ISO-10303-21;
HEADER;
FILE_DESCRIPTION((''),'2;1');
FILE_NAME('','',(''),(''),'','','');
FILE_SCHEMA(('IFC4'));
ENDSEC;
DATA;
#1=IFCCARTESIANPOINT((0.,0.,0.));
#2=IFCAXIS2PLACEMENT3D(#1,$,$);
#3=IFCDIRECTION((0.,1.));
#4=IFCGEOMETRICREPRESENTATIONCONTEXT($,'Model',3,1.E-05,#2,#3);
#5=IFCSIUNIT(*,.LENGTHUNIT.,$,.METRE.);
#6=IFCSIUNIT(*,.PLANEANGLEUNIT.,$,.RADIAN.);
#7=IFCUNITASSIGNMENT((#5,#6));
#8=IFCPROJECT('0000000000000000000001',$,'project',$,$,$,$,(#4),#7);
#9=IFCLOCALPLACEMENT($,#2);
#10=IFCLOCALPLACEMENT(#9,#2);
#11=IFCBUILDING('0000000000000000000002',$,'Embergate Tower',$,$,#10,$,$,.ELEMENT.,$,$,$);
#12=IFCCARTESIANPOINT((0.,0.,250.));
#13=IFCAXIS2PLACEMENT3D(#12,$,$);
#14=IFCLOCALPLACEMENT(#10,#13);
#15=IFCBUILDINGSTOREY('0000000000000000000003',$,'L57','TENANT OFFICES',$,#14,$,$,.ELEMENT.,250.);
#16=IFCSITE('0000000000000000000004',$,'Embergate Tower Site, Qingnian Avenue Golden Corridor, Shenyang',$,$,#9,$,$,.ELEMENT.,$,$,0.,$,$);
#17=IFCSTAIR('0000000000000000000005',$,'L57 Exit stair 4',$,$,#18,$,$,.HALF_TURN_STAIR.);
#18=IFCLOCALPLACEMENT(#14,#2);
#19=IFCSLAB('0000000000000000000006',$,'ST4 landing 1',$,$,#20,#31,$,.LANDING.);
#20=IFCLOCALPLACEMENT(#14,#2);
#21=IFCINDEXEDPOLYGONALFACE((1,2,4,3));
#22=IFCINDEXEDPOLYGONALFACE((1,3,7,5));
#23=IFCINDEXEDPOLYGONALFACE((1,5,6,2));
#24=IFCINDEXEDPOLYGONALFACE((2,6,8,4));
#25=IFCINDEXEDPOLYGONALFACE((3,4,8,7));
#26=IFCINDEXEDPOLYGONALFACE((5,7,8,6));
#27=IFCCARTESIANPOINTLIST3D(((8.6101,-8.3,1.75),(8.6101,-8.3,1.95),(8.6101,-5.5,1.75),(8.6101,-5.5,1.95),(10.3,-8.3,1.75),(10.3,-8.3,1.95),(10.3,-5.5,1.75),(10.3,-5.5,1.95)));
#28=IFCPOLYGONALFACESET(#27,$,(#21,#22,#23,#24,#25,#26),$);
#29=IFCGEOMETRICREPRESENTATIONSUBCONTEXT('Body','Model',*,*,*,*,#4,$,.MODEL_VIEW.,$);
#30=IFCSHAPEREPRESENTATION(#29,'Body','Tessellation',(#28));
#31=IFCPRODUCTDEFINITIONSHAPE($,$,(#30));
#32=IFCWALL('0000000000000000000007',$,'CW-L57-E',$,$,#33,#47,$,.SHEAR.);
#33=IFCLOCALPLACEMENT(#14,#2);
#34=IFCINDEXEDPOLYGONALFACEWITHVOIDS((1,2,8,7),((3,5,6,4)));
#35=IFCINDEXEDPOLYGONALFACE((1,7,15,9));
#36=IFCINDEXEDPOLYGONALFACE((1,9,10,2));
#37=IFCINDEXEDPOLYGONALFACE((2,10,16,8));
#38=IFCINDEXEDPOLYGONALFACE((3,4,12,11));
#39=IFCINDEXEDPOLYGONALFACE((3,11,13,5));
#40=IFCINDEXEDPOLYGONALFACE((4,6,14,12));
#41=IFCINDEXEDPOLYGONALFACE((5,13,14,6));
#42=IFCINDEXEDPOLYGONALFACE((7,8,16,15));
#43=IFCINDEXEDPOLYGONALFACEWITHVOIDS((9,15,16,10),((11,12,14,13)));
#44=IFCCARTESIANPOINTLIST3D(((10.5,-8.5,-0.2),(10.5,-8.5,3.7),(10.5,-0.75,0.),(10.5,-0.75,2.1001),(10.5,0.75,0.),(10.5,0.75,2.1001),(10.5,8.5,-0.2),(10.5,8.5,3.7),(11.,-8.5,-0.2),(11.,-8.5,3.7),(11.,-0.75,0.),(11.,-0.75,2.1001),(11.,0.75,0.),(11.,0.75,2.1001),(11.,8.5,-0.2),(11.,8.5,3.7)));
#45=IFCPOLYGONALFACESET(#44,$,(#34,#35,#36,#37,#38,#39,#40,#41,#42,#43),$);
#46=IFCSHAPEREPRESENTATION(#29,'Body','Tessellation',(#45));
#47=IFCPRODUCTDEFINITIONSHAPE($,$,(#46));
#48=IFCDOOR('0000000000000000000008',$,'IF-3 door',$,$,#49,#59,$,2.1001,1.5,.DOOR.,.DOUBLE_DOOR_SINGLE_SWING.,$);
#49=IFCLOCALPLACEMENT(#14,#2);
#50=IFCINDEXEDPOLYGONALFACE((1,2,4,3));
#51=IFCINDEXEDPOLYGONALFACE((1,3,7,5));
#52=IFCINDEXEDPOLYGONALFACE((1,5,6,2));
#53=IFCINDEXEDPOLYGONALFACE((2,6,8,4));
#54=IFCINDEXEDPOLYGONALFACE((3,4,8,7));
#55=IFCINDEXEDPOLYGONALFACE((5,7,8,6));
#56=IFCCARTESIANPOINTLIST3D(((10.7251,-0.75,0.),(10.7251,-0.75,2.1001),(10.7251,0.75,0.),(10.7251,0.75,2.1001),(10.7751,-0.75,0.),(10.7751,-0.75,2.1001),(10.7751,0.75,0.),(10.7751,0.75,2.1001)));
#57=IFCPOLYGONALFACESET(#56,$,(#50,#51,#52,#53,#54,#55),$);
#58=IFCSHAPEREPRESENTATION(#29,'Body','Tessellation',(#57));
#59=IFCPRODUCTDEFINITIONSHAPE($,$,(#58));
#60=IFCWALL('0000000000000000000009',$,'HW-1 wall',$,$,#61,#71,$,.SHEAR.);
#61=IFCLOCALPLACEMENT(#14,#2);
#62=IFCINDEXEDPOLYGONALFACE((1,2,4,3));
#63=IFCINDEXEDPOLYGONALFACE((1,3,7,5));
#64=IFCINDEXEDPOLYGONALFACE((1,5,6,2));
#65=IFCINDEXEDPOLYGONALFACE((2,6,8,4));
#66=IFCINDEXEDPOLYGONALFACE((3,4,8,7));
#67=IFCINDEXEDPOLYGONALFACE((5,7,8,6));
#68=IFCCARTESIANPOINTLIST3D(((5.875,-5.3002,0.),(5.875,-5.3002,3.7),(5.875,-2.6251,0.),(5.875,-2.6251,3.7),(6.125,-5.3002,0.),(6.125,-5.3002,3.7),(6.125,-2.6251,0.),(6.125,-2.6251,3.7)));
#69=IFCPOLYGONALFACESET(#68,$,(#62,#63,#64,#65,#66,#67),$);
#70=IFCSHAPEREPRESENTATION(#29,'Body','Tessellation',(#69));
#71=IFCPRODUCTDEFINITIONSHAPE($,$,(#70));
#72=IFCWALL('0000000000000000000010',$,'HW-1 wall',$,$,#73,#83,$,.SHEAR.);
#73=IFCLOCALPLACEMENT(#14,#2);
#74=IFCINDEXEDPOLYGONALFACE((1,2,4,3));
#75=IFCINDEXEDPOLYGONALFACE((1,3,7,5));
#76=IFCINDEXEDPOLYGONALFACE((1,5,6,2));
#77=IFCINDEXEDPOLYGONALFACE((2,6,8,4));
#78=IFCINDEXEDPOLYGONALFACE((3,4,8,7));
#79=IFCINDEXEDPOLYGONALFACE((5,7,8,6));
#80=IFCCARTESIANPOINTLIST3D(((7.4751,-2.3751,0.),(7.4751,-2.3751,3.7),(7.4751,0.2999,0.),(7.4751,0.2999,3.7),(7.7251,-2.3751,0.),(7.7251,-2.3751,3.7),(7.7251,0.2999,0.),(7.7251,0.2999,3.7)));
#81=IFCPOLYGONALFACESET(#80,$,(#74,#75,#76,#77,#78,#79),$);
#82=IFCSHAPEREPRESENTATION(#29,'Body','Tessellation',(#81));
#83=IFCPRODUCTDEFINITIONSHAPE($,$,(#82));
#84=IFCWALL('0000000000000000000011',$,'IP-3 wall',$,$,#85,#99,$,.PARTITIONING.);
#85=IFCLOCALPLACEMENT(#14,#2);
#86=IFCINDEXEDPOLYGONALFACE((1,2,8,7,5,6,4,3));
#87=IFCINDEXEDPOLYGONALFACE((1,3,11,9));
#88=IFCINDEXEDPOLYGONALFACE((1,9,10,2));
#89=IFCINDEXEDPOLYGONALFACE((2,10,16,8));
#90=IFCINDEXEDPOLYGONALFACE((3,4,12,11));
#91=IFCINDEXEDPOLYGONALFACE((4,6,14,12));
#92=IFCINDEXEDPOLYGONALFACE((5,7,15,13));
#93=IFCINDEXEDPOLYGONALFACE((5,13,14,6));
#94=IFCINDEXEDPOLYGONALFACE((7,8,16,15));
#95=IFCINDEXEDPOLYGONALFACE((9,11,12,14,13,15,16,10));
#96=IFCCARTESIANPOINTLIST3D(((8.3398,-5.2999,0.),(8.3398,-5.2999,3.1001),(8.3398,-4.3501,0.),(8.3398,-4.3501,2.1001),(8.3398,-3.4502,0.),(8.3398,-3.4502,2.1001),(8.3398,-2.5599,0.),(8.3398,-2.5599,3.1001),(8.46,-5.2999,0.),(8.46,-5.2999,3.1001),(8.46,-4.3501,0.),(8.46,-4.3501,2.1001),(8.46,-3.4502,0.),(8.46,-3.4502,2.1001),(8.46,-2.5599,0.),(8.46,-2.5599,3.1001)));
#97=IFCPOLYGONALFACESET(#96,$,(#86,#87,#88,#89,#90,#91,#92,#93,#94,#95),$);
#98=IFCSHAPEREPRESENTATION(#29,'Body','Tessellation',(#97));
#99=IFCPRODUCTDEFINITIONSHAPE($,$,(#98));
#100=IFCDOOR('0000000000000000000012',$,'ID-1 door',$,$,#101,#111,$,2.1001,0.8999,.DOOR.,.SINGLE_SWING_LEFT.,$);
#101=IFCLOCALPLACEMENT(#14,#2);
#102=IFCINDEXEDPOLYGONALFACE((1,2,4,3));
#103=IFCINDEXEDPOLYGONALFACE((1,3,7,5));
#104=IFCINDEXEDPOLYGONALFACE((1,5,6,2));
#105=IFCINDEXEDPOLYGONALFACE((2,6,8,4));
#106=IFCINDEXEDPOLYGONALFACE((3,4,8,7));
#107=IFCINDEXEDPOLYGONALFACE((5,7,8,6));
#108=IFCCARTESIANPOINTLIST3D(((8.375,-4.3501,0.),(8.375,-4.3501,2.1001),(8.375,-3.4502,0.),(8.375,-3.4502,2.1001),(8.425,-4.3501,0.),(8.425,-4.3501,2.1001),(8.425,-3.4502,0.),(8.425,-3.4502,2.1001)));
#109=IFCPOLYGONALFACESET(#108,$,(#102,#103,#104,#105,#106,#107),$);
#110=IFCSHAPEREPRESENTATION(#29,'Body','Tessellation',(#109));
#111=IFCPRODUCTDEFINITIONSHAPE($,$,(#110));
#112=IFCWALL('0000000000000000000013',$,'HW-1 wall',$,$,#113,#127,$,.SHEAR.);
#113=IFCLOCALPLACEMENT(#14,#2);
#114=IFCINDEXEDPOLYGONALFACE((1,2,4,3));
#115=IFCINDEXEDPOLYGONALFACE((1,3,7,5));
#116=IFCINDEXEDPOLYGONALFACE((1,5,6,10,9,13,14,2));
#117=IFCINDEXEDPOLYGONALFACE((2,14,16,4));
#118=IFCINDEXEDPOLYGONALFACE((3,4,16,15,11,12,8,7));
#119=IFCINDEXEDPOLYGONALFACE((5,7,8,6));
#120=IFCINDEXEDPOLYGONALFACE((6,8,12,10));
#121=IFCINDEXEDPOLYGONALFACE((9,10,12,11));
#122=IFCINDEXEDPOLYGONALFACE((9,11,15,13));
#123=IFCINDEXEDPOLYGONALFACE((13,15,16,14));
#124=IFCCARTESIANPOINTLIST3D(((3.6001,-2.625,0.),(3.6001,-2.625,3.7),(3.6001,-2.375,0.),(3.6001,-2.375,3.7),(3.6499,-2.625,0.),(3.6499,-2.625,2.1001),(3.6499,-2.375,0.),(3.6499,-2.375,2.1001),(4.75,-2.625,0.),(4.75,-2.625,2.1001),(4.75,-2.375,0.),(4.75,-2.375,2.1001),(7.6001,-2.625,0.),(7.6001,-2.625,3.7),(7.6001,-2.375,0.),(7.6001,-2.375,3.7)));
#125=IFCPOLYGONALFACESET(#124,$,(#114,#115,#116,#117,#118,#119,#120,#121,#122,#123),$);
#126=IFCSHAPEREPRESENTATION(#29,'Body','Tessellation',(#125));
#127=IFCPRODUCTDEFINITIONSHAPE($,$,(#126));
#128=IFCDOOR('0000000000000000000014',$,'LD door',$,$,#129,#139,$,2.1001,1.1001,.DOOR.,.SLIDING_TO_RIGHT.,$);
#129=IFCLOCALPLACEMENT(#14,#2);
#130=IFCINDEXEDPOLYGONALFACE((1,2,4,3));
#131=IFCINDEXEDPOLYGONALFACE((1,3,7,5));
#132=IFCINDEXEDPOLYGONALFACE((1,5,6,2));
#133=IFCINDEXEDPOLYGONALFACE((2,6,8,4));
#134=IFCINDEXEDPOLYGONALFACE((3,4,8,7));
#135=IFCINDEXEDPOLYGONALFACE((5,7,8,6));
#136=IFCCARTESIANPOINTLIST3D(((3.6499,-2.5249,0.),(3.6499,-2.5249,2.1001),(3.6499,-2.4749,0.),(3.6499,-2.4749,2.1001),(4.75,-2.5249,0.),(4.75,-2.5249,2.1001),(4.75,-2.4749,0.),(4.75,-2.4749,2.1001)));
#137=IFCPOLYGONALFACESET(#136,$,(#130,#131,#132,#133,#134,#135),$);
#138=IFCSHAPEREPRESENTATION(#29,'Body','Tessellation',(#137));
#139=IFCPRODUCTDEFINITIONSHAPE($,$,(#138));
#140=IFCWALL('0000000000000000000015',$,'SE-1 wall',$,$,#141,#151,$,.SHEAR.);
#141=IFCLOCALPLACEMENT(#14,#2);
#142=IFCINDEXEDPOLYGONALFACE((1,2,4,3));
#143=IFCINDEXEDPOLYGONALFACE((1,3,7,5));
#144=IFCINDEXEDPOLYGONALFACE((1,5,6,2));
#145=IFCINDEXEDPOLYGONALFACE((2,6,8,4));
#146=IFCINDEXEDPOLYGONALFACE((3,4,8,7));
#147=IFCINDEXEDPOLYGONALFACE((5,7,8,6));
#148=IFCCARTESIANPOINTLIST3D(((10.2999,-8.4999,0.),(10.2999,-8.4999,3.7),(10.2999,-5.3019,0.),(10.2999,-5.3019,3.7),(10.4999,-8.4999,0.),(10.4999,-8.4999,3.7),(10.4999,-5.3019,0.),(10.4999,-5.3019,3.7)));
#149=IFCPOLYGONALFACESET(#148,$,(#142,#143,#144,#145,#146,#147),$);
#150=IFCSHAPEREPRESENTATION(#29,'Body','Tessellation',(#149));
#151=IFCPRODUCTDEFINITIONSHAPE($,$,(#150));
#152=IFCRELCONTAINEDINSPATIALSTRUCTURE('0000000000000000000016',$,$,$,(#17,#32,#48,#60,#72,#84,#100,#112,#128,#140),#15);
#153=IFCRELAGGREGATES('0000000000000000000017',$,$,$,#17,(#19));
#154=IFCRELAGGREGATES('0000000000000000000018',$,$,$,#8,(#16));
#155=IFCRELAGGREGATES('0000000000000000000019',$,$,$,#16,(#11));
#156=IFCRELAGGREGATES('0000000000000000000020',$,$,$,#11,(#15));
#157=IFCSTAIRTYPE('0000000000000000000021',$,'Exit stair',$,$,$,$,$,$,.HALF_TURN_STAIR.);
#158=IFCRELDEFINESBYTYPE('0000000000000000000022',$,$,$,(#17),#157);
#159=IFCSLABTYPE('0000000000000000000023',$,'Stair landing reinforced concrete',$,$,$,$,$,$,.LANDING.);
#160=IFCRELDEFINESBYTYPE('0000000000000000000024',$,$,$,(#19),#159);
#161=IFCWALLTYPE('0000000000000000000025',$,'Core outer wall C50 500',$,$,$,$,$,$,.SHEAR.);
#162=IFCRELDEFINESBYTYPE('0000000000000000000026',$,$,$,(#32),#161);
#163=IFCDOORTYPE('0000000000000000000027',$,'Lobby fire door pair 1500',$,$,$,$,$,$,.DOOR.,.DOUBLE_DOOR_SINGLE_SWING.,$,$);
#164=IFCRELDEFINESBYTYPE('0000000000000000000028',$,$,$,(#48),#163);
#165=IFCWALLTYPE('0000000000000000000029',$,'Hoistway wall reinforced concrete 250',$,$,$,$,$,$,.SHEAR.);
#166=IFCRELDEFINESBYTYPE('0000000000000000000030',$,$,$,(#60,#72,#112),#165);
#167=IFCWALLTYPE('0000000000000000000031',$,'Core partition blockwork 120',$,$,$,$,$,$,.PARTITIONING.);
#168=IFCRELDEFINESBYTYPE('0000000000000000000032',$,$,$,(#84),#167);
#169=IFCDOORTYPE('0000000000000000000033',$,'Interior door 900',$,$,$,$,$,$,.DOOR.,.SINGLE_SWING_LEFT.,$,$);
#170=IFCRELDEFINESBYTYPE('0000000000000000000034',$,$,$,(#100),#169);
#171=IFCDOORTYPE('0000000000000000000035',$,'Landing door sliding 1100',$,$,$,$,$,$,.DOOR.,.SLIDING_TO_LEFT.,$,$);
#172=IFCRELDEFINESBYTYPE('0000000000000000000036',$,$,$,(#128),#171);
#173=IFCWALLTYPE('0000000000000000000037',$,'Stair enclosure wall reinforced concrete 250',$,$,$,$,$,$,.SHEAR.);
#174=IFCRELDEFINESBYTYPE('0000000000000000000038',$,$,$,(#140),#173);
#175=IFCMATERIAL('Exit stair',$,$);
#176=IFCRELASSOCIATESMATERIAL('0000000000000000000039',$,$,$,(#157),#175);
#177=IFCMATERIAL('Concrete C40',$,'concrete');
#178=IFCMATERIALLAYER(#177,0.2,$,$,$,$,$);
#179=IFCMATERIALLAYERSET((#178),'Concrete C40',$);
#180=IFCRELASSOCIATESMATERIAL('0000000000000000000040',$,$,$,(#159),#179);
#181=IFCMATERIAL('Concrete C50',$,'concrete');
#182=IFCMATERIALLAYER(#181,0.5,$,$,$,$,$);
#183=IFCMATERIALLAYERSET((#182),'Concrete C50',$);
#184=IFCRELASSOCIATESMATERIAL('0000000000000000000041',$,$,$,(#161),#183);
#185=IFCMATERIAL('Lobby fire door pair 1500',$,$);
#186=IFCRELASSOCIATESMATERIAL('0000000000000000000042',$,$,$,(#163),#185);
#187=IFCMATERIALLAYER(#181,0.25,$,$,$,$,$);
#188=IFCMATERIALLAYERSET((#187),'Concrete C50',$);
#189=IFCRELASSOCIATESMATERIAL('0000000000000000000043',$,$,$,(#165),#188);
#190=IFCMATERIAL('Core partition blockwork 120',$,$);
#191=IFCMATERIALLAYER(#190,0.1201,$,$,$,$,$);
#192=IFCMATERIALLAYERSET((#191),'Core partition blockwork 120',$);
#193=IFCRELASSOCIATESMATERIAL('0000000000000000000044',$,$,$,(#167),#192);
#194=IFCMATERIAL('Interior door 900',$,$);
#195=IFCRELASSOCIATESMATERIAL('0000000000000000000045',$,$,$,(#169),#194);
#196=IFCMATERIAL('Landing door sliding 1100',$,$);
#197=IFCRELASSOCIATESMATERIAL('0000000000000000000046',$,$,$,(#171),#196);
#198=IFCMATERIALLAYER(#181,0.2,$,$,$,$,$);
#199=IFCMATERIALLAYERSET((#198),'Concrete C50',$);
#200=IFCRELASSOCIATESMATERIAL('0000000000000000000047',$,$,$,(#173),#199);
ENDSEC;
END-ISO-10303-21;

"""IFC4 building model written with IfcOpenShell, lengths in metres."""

from ifc_helpers import new_model, si_unit, direction, frame, frame_2d, origin, place, context, subcontext, project, spatial, polyline, rectangle, outline, extrude, source, transform, mapped, material, layer, layer_set, type_object, element, fill, aggregate, save


model = new_model("IFC4")

# Units and contexts
model_context = context("Model", 3, precision=1e-05, world=origin(), true_north=direction((0.0, 1.0)))
body_context = subcontext(model_context, "Body", "Model", "MODEL_VIEW")
ifc_project = project(units=[si_unit("LENGTHUNIT", "METRE"), si_unit("PLANEANGLEUNIT", "RADIAN")], contexts=[model_context])

# Site, building, storey
site_placement = place(None, origin())
site = spatial("IfcSite", under=ifc_project, at=site_placement, Name="Embergate Tower Site, Qingnian Avenue Golden Corridor, Shenyang", CompositionType="ELEMENT", RefElevation=0.0)
building_placement = place(site_placement, origin())
building = spatial("IfcBuilding", under=site, at=building_placement, Name="Embergate Tower", CompositionType="ELEMENT")
storey_placement = place(building_placement, frame((0.0, 0.0, 250.0)))
storey = spatial("IfcBuildingStorey", under=building, at=storey_placement, Name="L57", Description="TENANT OFFICES", CompositionType="ELEMENT", Elevation=250.0)

# Stair, slab
ifc_material_1 = material(Name="Exit stair")
stair_type = type_object("IfcStairType", Name="Exit stair", PredefinedType="HALF_TURN_STAIR", material=ifc_material_1)
stair_placement = place(storey_placement, origin())
stair = element("IfcStair", 1, at=stair_placement, inside=storey, type_object=stair_type, Name="L57 Exit stair 4", PredefinedType="HALF_TURN_STAIR")
ifc_material_2 = material(Name="Concrete C40", Category="concrete")
ifc_layer_1 = layer(ifc_material_2, 0.2)
ifc_layer_set_1 = layer_set([ifc_layer_1], Name="Concrete C40")
slab_type = type_object("IfcSlabType", Name="Stair landing reinforced concrete", PredefinedType="LANDING", material=ifc_layer_set_1)
shared_shape_1 = source(origin(), body_context, "Body", "SweptSolid", [
    extrude(outline(polyline([(0.0, 0.0), (1.6899, 0.0), (1.6899, 2.8), (0.0, 2.8), (0.0, 0.0)])), origin(), (0.0, 0.0, 1.0), 0.2),
])
slab_placement = place(storey_placement, frame((8.6101, -8.3, 1.75)))
slab = element("IfcSlab", 2, at=slab_placement, type_object=slab_type, Name="ST4 landing 1", PredefinedType="LANDING", context=body_context, shape_type="MappedRepresentation", body=[
    mapped(shared_shape_1, transform((0.0, 0.0, 0.0))),
])

# Wall, opening, door
ifc_material_3 = material(Name="Concrete C50", Category="concrete")
ifc_layer_2 = layer(ifc_material_3, 0.5)
ifc_layer_set_2 = layer_set([ifc_layer_2], Name="Concrete C50")
wall_type_1 = type_object("IfcWallType", Name="Core outer wall C50 500", PredefinedType="SHEAR", material=ifc_layer_set_2)
shared_shape_2 = source(origin(), body_context, "Body", "SweptSolid", [
    extrude(rectangle(XDim=17.0, YDim=0.5, at=frame_2d((8.5, 0.0))), origin(), (0.0, 0.0, 1.0), 3.8999),
])
wall_1_placement = place(storey_placement, frame((10.75, -8.5, -0.2), z_axis=(0.0, 0.0, 1.0), x_axis=(0.0, 1.0, 0.0)))
wall_1 = element("IfcWall", 3, at=wall_1_placement, inside=storey, type_object=wall_type_1, Name="CW-L57-E", PredefinedType="SHEAR", context=body_context, shape_type="MappedRepresentation", body=[
    mapped(shared_shape_2, transform((0.0, 0.0, 0.0))),
])
shared_shape_3 = source(origin(), body_context, "Body", "SweptSolid", [
    extrude(rectangle(XDim=1.5, YDim=2.1001, at=frame_2d((0.75, 1.05))), frame((0.0, 0.26, 0.0), z_axis=(0.0, -1.0, 0.0), x_axis=(1.0, 0.0, 0.0)), (0.0, 0.0, 1.0), 0.52),
])
opening_1_placement = place(wall_1_placement, frame((7.75, 0.0, 0.2)))
opening_1 = element("IfcOpeningElement", 4, at=opening_1_placement, cuts=wall_1, PredefinedType="OPENING", context=body_context, shape_type="MappedRepresentation", body=[
    mapped(shared_shape_3, transform((0.0, 0.0, 0.0))),
])
ifc_material_4 = material(Name="Lobby fire door pair 1500")
door_type_1 = type_object("IfcDoorType", Name="Lobby fire door pair 1500", OperationType="DOUBLE_DOOR_SINGLE_SWING", PredefinedType="DOOR", material=ifc_material_4)
shared_shape_4 = source(origin(), body_context, "Body", "SweptSolid", [
    extrude(rectangle(XDim=1.5, YDim=2.1001, at=frame_2d((0.75, 1.05))), frame((0.0, 0.0249, 0.0), z_axis=(0.0, -1.0, 0.0), x_axis=(1.0, 0.0, 0.0)), (0.0, 0.0, 1.0), 0.05),
])
door_1_placement = place(opening_1_placement, origin())
door_1 = element("IfcDoor", 5, at=door_1_placement, inside=storey, type_object=door_type_1, Name="IF-3 door", OperationType="DOUBLE_DOOR_SINGLE_SWING", OverallHeight=2.1001, OverallWidth=1.5, PredefinedType="DOOR", context=body_context, shape_type="MappedRepresentation", body=[
    mapped(shared_shape_4, transform((0.0, 0.0, 0.0))),
])
fill(opening_1, door_1)

# Walls
ifc_layer_3 = layer(ifc_material_3, 0.25)
ifc_layer_set_3 = layer_set([ifc_layer_3], Name="Concrete C50")
wall_type_2 = type_object("IfcWallType", Name="Hoistway wall reinforced concrete 250", PredefinedType="SHEAR", material=ifc_layer_set_3)
shared_shape_5 = source(origin(), body_context, "Body", "SweptSolid", [
    extrude(rectangle(XDim=2.675, YDim=0.25, at=frame_2d((1.3374, 0.0))), origin(), (0.0, 0.0, 1.0), 3.7),
])
for number, where, z_axis, x_axis, name in (
    (6, (6.0, -5.3, 0.0), (0.0, 0.0, 1.0), (0.0, 1.0, 0.0), "HW-1 wall"),
    (7, (7.6001, -2.375, 0.0), (0.0, 0.0, 1.0), (0.0, 1.0, 0.0), "HW-1 wall"),
):
    element("IfcWall", number, at=place(storey_placement, frame(where, z_axis=z_axis, x_axis=x_axis)), inside=storey, type_object=wall_type_2, Name=name, PredefinedType="SHEAR", context=body_context, shape_type="MappedRepresentation", body=[
        mapped(shared_shape_5, transform((0.0, 0.0, 0.0))),
    ])

# Walls, openings, doors
ifc_material_5 = material(Name="Core partition blockwork 120")
ifc_layer_4 = layer(ifc_material_5, 0.1201)
ifc_layer_set_4 = layer_set([ifc_layer_4], Name="Core partition blockwork 120")
wall_type_3 = type_object("IfcWallType", Name="Core partition blockwork 120", PredefinedType="PARTITIONING", material=ifc_layer_set_4)
shared_shape_6 = source(origin(), body_context, "Body", "SweptSolid", [
    extrude(rectangle(XDim=2.74, YDim=0.1201, at=frame_2d((1.3701, 0.0))), origin(), (0.0, 0.0, 1.0), 3.1001),
])
wall_2_placement = place(storey_placement, frame((8.3999, -5.3, 0.0), z_axis=(0.0, 0.0, 1.0), x_axis=(0.0, 1.0, 0.0)))
wall_2 = element("IfcWall", 8, at=wall_2_placement, inside=storey, type_object=wall_type_3, Name="IP-3 wall", PredefinedType="PARTITIONING", context=body_context, shape_type="MappedRepresentation", body=[
    mapped(shared_shape_6, transform((0.0, 0.0, 0.0))),
])
shared_shape_7 = source(origin(), body_context, "Body", "SweptSolid", [
    extrude(rectangle(XDim=0.8999, YDim=2.1001, at=frame_2d((0.45, 1.05))), frame((0.0, 0.0701, 0.0), z_axis=(0.0, -1.0, 0.0), x_axis=(1.0, 0.0, 0.0)), (0.0, 0.0, 1.0), 0.1401),
])
opening_2_placement = place(wall_2_placement, frame((0.95, 0.0, 0.0)))
opening_2 = element("IfcOpeningElement", 9, at=opening_2_placement, cuts=wall_2, PredefinedType="OPENING", context=body_context, shape_type="MappedRepresentation", body=[
    mapped(shared_shape_7, transform((0.0, 0.0, 0.0))),
])
ifc_material_6 = material(Name="Interior door 900")
door_type_2 = type_object("IfcDoorType", Name="Interior door 900", OperationType="SINGLE_SWING_LEFT", PredefinedType="DOOR", material=ifc_material_6)
shared_shape_8 = source(origin(), body_context, "Body", "SweptSolid", [
    extrude(rectangle(XDim=0.8999, YDim=2.1001, at=frame_2d((0.45, 1.05))), frame((0.0, 0.0249, 0.0), z_axis=(0.0, -1.0, 0.0), x_axis=(1.0, 0.0, 0.0)), (0.0, 0.0, 1.0), 0.05),
])
door_2_placement = place(opening_2_placement, origin())
door_2 = element("IfcDoor", 10, at=door_2_placement, inside=storey, type_object=door_type_2, Name="ID-1 door", OperationType="SINGLE_SWING_LEFT", OverallHeight=2.1001, OverallWidth=0.8999, PredefinedType="DOOR", context=body_context, shape_type="MappedRepresentation", body=[
    mapped(shared_shape_8, transform((0.0, 0.0, 0.0))),
])
fill(opening_2, door_2)
shared_shape_9 = source(origin(), body_context, "Body", "SweptSolid", [
    extrude(rectangle(XDim=4.0, YDim=0.25, at=frame_2d((2.0, 0.0))), origin(), (0.0, 0.0, 1.0), 3.7),
])
wall_3_placement = place(storey_placement, frame((7.6001, -2.5, 0.0), z_axis=(0.0, 0.0, 1.0), x_axis=(-1.0, 0.0, 0.0)))
wall_3 = element("IfcWall", 11, at=wall_3_placement, inside=storey, type_object=wall_type_2, Name="HW-1 wall", PredefinedType="SHEAR", context=body_context, shape_type="MappedRepresentation", body=[
    mapped(shared_shape_9, transform((0.0, 0.0, 0.0))),
])
shared_shape_10 = source(origin(), body_context, "Body", "SweptSolid", [
    extrude(rectangle(XDim=1.1001, YDim=2.1001, at=frame_2d((0.55, 1.05))), frame((0.0, 0.135, 0.0), z_axis=(0.0, -1.0, 0.0), x_axis=(1.0, 0.0, 0.0)), (0.0, 0.0, 1.0), 0.27),
])
opening_3_placement = place(wall_3_placement, frame((2.8501, 0.0, 0.0)))
opening_3 = element("IfcOpeningElement", 12, at=opening_3_placement, cuts=wall_3, PredefinedType="OPENING", context=body_context, shape_type="MappedRepresentation", body=[
    mapped(shared_shape_10, transform((0.0, 0.0, 0.0))),
])
ifc_material_7 = material(Name="Landing door sliding 1100")
door_type_3 = type_object("IfcDoorType", Name="Landing door sliding 1100", OperationType="SLIDING_TO_LEFT", PredefinedType="DOOR", material=ifc_material_7)
shared_shape_11 = source(origin(), body_context, "Body", "SweptSolid", [
    extrude(rectangle(XDim=1.1001, YDim=2.1001, at=frame_2d((0.55, 1.05))), frame((0.0, 0.0249, 0.0), z_axis=(0.0, -1.0, 0.0), x_axis=(1.0, 0.0, 0.0)), (0.0, 0.0, 1.0), 0.05),
])
door_3_placement = place(opening_3_placement, origin())
door_3 = element("IfcDoor", 13, at=door_3_placement, inside=storey, type_object=door_type_3, Name="LD door", OperationType="SLIDING_TO_RIGHT", OverallHeight=2.1001, OverallWidth=1.1001, PredefinedType="DOOR", context=body_context, shape_type="MappedRepresentation", body=[
    mapped(shared_shape_11, transform((0.0, 0.0, 0.0))),
])
fill(opening_3, door_3)

# Wall
ifc_layer_5 = layer(ifc_material_3, 0.2)
ifc_layer_set_5 = layer_set([ifc_layer_5], Name="Concrete C50")
wall_type_4 = type_object("IfcWallType", Name="Stair enclosure wall reinforced concrete 250", PredefinedType="SHEAR", material=ifc_layer_set_5)
shared_shape_12 = source(origin(), body_context, "Body", "SweptSolid", [
    extrude(rectangle(XDim=3.198, YDim=0.2, at=frame_2d((1.5991, 0.0))), origin(), (0.0, 0.0, 1.0), 3.7),
])
wall_4_placement = place(storey_placement, frame((10.3999, -8.5, 0.0), z_axis=(0.0, 0.0, 1.0), x_axis=(0.0, 1.0, 0.0)))
element("IfcWall", 14, at=wall_4_placement, inside=storey, type_object=wall_type_4, Name="SE-1 wall", PredefinedType="SHEAR", context=body_context, shape_type="MappedRepresentation", body=[
    mapped(shared_shape_12, transform((0.0, 0.0, 0.0))),
])

aggregate(stair, [slab])

save(model, "model.ifc")
